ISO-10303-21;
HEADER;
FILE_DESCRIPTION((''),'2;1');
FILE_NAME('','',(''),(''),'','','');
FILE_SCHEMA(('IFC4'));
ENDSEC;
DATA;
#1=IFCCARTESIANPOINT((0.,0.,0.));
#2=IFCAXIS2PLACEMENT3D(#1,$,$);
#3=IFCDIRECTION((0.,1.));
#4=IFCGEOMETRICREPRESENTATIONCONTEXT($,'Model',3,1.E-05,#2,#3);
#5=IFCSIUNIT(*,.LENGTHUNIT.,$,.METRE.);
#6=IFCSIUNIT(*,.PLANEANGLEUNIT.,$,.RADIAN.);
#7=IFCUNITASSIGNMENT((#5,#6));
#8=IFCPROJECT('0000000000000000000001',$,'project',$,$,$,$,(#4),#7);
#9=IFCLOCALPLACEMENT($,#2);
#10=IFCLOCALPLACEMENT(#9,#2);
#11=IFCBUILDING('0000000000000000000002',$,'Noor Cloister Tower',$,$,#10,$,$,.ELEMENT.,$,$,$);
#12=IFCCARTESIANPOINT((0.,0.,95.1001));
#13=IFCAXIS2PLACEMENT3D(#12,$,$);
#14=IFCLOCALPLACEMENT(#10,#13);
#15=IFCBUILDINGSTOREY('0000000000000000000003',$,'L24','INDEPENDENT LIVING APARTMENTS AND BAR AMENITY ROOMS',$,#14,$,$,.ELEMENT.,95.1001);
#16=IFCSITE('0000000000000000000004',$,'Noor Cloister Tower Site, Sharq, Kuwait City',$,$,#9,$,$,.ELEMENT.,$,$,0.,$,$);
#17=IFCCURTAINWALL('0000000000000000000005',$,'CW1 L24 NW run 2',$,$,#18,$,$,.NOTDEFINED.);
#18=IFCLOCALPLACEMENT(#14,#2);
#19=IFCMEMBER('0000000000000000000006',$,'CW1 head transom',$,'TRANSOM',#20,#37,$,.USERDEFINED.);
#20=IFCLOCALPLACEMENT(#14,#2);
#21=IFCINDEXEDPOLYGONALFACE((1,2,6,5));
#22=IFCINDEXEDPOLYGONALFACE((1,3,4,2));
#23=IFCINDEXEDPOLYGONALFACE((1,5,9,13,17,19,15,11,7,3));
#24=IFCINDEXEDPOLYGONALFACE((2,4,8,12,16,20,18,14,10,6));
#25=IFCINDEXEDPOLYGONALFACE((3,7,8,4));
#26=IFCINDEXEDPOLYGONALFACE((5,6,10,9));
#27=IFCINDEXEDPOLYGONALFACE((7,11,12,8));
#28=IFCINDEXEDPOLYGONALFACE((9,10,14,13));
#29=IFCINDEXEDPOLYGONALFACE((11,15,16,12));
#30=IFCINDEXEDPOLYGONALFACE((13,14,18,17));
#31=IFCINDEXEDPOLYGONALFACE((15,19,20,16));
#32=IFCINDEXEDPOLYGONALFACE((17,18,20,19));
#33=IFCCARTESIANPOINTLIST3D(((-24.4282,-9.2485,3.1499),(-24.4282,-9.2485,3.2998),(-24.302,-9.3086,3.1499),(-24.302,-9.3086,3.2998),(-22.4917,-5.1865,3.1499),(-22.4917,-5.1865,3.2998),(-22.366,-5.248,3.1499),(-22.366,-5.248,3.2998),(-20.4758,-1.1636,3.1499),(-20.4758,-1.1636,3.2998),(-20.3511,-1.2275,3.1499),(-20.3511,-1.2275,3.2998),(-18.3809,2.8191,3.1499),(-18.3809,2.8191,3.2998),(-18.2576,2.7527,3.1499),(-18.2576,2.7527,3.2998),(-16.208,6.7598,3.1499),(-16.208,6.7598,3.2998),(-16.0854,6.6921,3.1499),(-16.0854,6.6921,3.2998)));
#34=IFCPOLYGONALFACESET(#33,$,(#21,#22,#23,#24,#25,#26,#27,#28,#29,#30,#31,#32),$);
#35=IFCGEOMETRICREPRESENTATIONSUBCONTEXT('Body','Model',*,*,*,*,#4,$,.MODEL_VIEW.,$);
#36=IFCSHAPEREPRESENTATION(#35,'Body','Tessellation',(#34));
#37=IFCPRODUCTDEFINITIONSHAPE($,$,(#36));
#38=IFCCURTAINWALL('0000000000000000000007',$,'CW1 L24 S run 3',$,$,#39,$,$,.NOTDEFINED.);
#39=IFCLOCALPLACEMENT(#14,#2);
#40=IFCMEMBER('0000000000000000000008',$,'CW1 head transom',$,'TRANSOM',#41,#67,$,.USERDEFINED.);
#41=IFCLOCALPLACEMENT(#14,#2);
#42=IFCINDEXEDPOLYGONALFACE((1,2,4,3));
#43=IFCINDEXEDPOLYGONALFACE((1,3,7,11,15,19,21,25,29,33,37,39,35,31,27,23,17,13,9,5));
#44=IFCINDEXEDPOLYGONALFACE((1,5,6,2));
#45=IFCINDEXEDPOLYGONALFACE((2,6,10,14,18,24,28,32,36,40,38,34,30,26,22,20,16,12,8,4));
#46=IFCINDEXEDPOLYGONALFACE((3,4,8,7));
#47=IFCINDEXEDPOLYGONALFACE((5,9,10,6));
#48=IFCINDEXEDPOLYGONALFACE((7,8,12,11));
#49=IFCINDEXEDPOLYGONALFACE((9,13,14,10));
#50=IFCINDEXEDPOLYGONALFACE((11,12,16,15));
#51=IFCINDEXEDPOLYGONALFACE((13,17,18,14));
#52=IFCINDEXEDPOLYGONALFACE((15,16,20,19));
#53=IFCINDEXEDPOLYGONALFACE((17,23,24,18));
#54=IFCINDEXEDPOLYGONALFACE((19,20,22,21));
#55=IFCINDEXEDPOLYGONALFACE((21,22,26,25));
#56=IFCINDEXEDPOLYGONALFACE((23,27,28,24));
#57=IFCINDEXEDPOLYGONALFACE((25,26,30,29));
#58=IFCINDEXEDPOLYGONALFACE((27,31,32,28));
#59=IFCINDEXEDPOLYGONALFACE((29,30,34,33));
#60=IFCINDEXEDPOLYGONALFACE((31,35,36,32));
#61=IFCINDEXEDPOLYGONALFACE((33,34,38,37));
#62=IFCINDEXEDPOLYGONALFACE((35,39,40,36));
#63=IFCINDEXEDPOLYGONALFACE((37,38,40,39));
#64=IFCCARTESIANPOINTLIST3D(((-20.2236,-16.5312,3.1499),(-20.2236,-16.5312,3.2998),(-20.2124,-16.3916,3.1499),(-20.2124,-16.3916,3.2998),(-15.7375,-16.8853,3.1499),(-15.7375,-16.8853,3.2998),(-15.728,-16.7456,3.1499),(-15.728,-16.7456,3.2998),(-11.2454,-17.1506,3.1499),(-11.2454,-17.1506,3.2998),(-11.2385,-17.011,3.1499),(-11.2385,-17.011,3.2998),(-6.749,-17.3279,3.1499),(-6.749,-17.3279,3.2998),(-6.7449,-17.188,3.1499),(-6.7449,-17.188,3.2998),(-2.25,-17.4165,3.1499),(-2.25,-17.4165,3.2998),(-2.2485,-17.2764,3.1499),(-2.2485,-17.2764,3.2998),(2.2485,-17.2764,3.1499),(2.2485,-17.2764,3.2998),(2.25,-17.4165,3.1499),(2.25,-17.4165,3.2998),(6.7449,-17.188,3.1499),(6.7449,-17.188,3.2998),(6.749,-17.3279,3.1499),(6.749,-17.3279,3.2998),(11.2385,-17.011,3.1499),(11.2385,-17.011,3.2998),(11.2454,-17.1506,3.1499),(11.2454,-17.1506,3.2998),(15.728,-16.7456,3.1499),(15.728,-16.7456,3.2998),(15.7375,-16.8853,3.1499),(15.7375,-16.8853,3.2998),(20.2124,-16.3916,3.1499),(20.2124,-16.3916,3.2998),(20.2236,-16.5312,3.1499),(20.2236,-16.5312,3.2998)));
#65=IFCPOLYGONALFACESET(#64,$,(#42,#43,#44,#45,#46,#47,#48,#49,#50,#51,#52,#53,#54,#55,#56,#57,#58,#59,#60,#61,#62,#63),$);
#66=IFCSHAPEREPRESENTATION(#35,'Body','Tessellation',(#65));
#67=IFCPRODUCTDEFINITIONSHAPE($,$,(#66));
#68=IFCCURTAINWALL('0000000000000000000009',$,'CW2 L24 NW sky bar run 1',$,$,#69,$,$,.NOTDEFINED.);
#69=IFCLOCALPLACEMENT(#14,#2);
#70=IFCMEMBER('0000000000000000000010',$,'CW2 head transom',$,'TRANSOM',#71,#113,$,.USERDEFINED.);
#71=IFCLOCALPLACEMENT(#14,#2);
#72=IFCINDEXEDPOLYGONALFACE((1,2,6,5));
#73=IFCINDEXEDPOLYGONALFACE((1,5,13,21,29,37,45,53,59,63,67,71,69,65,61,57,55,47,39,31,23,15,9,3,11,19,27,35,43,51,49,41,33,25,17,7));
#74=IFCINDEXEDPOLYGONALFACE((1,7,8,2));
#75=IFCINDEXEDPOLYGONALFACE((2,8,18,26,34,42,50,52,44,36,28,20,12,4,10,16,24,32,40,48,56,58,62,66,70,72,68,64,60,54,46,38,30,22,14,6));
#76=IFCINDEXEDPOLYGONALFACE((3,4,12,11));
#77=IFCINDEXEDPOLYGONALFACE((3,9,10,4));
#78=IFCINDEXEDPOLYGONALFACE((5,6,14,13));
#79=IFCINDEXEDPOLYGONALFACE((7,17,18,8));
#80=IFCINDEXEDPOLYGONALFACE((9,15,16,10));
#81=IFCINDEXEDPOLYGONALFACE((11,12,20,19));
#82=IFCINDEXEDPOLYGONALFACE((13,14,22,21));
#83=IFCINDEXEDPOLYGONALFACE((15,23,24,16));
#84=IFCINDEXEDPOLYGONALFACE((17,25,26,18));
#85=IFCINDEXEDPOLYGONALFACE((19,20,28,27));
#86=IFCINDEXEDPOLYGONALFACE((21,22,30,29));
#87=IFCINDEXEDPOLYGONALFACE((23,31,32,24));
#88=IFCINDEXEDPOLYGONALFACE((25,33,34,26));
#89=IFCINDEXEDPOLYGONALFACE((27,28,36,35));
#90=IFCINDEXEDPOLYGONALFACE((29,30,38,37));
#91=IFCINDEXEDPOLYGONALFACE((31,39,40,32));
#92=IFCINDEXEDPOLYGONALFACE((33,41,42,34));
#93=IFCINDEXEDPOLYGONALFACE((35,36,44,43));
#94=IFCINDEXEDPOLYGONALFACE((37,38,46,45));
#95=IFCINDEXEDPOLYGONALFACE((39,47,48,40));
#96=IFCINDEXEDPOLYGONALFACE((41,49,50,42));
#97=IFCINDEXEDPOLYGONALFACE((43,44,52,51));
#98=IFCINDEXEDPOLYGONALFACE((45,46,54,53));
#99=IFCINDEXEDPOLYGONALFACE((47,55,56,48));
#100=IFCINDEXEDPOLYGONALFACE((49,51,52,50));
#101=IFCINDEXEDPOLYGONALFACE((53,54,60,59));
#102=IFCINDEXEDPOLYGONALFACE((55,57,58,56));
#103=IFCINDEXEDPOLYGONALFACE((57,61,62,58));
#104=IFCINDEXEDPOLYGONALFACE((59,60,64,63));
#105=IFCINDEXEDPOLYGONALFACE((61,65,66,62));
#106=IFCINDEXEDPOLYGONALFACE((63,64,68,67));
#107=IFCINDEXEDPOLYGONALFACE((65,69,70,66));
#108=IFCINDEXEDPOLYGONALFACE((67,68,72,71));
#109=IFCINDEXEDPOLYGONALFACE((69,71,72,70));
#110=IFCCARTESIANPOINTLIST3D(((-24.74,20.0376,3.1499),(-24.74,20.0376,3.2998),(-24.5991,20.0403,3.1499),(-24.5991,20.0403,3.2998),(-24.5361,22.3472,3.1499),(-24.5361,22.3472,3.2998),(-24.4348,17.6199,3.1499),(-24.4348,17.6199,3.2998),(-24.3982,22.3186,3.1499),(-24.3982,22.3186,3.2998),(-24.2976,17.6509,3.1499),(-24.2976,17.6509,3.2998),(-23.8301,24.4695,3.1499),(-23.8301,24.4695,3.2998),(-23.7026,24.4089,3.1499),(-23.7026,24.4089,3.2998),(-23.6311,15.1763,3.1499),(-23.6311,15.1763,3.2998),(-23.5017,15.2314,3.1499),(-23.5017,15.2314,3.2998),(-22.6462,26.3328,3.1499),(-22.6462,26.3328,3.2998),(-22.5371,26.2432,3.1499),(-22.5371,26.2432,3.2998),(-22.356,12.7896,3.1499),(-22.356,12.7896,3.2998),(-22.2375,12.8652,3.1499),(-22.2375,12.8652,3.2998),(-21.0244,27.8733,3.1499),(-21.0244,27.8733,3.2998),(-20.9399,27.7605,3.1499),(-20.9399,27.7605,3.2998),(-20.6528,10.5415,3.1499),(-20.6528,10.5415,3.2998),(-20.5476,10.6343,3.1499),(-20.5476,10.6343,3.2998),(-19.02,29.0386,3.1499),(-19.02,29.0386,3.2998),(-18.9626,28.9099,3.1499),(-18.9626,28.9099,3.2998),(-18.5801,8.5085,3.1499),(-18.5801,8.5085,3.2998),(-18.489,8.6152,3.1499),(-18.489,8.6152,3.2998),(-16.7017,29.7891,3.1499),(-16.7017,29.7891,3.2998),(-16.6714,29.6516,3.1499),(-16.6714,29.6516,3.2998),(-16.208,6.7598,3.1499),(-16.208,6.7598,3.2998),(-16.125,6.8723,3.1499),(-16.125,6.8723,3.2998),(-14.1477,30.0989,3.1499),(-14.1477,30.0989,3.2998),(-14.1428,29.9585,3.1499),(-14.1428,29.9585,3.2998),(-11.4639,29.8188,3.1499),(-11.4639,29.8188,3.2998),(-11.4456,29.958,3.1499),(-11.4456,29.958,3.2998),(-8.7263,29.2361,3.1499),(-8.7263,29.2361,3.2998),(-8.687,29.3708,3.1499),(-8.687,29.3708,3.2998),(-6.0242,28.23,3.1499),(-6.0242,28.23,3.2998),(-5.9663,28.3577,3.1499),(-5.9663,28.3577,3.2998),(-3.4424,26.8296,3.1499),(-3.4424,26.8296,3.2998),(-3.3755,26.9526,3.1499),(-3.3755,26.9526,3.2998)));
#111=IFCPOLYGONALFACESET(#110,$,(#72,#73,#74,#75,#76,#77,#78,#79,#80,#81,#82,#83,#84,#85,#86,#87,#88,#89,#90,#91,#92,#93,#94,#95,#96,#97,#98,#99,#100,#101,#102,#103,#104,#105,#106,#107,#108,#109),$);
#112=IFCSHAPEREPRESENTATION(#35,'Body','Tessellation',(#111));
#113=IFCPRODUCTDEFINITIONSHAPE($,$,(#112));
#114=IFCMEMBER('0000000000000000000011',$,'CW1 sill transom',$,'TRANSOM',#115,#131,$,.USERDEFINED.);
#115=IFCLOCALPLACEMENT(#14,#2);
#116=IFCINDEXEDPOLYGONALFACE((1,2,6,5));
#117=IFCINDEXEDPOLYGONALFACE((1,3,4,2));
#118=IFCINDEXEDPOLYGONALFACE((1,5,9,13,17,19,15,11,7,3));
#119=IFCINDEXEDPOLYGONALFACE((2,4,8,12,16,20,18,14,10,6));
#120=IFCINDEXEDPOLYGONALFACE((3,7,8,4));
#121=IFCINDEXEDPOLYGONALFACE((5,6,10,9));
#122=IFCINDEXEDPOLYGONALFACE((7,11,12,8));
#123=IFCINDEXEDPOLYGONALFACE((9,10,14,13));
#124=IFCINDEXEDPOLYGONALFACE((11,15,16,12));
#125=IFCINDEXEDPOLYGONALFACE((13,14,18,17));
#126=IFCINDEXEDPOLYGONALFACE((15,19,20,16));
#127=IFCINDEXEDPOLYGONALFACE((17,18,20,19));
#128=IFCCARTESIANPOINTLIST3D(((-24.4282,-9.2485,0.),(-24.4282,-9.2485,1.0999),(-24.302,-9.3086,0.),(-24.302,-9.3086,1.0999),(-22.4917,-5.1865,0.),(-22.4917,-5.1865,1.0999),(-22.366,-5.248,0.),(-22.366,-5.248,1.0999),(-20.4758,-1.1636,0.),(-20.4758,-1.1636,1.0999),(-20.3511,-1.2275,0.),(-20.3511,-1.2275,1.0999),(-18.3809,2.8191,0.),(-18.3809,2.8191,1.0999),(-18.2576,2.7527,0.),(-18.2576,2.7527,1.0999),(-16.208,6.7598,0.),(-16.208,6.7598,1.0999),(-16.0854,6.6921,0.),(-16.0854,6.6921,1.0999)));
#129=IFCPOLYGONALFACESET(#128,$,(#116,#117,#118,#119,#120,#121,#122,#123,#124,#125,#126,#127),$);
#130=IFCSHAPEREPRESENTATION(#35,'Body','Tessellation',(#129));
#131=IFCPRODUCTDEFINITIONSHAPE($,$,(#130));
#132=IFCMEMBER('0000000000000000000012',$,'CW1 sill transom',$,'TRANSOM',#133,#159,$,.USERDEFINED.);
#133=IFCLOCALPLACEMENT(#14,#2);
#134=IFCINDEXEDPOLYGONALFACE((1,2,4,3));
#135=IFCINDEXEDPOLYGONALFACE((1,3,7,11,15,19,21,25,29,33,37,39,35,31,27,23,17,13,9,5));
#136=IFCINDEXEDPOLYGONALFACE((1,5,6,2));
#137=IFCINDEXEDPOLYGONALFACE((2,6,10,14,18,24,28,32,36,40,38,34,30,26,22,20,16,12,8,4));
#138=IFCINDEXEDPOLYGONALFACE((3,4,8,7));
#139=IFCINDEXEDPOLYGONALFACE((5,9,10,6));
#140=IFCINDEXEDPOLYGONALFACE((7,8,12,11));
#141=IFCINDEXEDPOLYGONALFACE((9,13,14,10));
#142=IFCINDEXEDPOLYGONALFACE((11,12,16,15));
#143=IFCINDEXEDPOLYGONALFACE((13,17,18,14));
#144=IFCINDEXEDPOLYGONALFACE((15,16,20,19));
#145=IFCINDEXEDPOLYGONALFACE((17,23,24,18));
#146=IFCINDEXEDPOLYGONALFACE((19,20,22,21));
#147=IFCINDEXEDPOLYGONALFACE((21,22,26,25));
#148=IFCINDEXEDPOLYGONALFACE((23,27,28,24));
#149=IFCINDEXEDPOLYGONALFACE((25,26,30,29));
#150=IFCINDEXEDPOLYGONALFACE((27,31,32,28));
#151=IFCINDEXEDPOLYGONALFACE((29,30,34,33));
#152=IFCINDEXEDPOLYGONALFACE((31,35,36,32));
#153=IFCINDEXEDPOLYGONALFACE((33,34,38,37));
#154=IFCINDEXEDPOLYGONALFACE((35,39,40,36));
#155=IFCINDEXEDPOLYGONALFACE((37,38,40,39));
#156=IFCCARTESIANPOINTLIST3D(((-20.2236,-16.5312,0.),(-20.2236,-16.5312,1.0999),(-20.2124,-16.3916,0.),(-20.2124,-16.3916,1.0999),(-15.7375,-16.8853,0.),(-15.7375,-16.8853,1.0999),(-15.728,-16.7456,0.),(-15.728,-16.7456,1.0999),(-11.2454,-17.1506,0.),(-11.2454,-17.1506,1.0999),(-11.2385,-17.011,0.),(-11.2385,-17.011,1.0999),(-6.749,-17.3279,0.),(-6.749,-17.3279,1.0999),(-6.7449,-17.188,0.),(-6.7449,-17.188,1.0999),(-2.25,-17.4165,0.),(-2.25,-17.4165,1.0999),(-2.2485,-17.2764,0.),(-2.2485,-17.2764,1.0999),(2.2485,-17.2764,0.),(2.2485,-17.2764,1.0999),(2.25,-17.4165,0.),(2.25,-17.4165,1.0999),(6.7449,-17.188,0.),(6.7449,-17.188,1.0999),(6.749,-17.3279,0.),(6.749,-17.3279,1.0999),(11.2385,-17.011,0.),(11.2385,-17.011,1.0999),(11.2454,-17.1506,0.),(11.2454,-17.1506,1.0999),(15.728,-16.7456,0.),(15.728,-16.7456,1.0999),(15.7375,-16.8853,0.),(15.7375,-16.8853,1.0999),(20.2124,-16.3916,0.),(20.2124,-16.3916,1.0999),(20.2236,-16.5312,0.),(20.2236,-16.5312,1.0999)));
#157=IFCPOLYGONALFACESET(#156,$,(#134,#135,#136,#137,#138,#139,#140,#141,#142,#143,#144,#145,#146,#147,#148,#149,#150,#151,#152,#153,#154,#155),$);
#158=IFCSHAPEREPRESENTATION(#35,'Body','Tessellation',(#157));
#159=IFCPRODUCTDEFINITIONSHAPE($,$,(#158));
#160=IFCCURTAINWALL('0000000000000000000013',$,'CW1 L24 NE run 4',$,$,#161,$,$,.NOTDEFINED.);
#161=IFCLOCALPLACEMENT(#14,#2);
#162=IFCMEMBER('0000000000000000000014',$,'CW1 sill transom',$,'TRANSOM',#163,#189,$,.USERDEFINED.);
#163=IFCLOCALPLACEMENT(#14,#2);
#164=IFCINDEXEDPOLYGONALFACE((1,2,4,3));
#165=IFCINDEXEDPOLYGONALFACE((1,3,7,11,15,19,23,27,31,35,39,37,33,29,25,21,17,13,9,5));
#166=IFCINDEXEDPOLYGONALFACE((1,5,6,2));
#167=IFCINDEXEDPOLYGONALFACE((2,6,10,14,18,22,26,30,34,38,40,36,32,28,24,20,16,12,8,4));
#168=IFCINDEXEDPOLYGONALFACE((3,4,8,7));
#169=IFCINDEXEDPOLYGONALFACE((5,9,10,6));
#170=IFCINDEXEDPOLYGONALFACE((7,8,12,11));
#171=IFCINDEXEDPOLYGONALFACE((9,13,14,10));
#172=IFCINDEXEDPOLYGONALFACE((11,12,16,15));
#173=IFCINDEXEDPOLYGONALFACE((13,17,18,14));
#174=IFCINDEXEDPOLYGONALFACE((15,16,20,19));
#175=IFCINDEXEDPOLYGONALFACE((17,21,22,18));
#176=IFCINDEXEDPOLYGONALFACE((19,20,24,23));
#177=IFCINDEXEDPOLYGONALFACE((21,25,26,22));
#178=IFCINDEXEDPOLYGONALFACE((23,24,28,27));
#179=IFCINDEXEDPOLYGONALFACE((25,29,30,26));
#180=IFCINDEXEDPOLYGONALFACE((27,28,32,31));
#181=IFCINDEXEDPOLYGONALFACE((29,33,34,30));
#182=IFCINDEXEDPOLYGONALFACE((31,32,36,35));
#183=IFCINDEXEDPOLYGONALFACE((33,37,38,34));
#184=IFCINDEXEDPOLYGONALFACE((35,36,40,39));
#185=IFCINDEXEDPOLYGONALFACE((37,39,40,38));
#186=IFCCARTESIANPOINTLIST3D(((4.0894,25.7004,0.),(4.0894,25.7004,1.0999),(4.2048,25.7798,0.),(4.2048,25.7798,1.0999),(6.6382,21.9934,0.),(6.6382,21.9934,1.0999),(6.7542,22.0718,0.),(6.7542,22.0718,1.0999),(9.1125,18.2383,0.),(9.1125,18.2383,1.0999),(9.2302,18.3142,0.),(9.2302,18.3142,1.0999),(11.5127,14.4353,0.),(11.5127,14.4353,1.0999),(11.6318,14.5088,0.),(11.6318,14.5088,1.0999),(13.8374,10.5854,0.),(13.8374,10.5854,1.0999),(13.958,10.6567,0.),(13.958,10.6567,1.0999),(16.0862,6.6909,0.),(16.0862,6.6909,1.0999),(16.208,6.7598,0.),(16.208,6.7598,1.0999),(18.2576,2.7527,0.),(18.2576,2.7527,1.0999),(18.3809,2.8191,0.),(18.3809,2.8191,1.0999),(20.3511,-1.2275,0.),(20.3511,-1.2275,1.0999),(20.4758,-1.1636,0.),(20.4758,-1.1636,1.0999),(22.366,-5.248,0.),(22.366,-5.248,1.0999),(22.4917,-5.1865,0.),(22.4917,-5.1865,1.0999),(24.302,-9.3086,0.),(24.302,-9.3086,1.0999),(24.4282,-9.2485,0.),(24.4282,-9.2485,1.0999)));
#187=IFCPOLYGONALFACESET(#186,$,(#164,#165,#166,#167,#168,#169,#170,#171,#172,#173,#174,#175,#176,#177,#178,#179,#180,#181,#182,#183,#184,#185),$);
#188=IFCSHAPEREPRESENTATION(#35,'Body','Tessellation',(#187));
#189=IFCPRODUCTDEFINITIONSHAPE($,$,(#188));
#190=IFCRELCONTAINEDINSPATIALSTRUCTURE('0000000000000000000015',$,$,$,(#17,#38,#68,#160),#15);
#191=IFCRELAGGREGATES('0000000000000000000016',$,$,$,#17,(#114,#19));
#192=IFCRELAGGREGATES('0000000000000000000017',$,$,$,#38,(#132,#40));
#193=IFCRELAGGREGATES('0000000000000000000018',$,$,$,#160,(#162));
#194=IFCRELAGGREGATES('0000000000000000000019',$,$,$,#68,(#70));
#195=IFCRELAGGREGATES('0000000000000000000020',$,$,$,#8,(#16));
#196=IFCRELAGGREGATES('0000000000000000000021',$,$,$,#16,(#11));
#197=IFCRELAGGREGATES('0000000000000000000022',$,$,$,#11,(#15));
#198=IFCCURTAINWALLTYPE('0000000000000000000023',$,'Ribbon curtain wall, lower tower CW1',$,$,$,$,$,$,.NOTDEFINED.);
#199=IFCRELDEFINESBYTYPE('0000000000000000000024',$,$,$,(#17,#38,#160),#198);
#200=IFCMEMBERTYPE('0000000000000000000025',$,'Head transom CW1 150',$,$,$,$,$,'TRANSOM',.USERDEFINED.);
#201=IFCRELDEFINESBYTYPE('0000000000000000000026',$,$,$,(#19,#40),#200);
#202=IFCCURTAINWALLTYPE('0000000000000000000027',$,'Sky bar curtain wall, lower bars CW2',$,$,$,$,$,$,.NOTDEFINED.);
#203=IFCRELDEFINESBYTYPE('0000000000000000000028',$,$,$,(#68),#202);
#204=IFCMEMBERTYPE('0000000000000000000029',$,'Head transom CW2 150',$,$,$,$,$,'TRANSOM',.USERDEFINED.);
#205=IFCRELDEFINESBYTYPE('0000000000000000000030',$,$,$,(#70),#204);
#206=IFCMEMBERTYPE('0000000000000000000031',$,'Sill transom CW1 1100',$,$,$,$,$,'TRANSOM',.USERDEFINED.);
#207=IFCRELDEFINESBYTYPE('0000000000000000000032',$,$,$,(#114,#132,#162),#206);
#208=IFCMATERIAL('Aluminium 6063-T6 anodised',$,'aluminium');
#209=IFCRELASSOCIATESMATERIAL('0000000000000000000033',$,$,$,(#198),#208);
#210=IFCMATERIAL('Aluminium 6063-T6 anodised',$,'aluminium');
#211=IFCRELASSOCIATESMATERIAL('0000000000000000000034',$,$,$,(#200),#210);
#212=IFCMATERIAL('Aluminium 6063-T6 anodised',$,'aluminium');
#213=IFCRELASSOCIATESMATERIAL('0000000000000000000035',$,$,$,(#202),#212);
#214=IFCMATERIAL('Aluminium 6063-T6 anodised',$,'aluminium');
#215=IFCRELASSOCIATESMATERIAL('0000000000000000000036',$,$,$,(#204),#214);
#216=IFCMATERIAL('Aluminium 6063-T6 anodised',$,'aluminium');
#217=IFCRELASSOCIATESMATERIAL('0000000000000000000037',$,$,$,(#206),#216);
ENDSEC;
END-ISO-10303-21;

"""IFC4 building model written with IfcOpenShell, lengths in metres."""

from ifc_helpers import new_model, si_unit, direction, frame, origin, place, context, subcontext, project, spatial, polyline, outline, extrude, material, type_object, element, aggregate, save


model = new_model("IFC4")

# Units and contexts
model_context = context("Model", 3, precision=1e-05, world=origin(), true_north=direction((0.0, 1.0)))
body_context = subcontext(model_context, "Body", "Model", "MODEL_VIEW")
ifc_project = project(units=[si_unit("LENGTHUNIT", "METRE"), si_unit("PLANEANGLEUNIT", "RADIAN")], contexts=[model_context])

# Site, building, storey
site_placement = place(None, origin())
site = spatial("IfcSite", under=ifc_project, at=site_placement, Name="Noor Cloister Tower Site, Sharq, Kuwait City", CompositionType="ELEMENT", RefElevation=0.0)
building_placement = place(site_placement, origin())
building = spatial("IfcBuilding", under=site, at=building_placement, Name="Noor Cloister Tower", CompositionType="ELEMENT")
storey_placement = place(building_placement, frame((0.0, 0.0, 95.1001)))
storey = spatial("IfcBuildingStorey", under=building, at=storey_placement, Name="L24", Description="INDEPENDENT LIVING APARTMENTS AND BAR AMENITY ROOMS", CompositionType="ELEMENT", Elevation=95.1001)

# Curtain walls, members
ifc_material_1 = material(Name="Aluminium 6063-T6 anodised", Category="aluminium")
curtain_wall_type_1 = type_object("IfcCurtainWallType", Name="Ribbon curtain wall, lower tower CW1", PredefinedType="NOTDEFINED", material=ifc_material_1)
curtain_wall_1_placement = place(storey_placement, origin())
curtain_wall_1 = element("IfcCurtainWall", 1, at=curtain_wall_1_placement, inside=storey, type_object=curtain_wall_type_1, Name="CW1 L24 NW run 2", PredefinedType="NOTDEFINED")
ifc_material_2 = material(Name="Aluminium 6063-T6 anodised", Category="aluminium")
member_type_1 = type_object("IfcMemberType", Name="Head transom CW1 150", ElementType="TRANSOM", PredefinedType="USERDEFINED", material=ifc_material_2)
member_1_placement = place(storey_placement, frame((0.0, 0.0, 3.1499)))
member_1 = element("IfcMember", 2, at=member_1_placement, type_object=member_type_1, Name="CW1 head transom", ObjectType="TRANSOM", PredefinedType="USERDEFINED", context=body_context, shape_type="SweptSolid", body=[
    extrude(outline(polyline([(-16.208, 6.7598), (-18.3809, 2.8191), (-20.4758, -1.1636), (-22.4917, -5.1865), (-24.4282, -9.2485), (-24.302, -9.3086), (-22.366, -5.248), (-20.3511, -1.2275), (-18.2576, 2.7527), (-16.0854, 6.6921), (-16.208, 6.7598)])), origin(), (0.0, 0.0, 1.0), 0.1499),
])
curtain_wall_2_placement = place(storey_placement, origin())
curtain_wall_2 = element("IfcCurtainWall", 3, at=curtain_wall_2_placement, inside=storey, type_object=curtain_wall_type_1, Name="CW1 L24 S run 3", PredefinedType="NOTDEFINED")
member_2_placement = place(storey_placement, frame((0.0, 0.0, 3.1499)))
member_2 = element("IfcMember", 4, at=member_2_placement, type_object=member_type_1, Name="CW1 head transom", ObjectType="TRANSOM", PredefinedType="USERDEFINED", context=body_context, shape_type="SweptSolid", body=[
    extrude(outline(polyline([(-20.2236, -16.5312), (-15.7375, -16.8853), (-11.2454, -17.1506), (-6.749, -17.3279), (-2.25, -17.4165), (2.25, -17.4165), (6.749, -17.3279), (11.2454, -17.1506), (15.7375, -16.8853), (20.2236, -16.5312), (20.2124, -16.3916), (15.728, -16.7456), (11.2385, -17.011), (6.7449, -17.188), (2.2485, -17.2764), (-2.2485, -17.2764), (-6.7449, -17.188), (-11.2385, -17.011), (-15.728, -16.7456), (-20.2124, -16.3916), (-20.2236, -16.5312)])), origin(), (0.0, 0.0, 1.0), 0.1499),
])
ifc_material_3 = material(Name="Aluminium 6063-T6 anodised", Category="aluminium")
curtain_wall_type_2 = type_object("IfcCurtainWallType", Name="Sky bar curtain wall, lower bars CW2", PredefinedType="NOTDEFINED", material=ifc_material_3)
curtain_wall_3_placement = place(storey_placement, origin())
curtain_wall_3 = element("IfcCurtainWall", 5, at=curtain_wall_3_placement, inside=storey, type_object=curtain_wall_type_2, Name="CW2 L24 NW sky bar run 1", PredefinedType="NOTDEFINED")
ifc_material_4 = material(Name="Aluminium 6063-T6 anodised", Category="aluminium")
member_type_2 = type_object("IfcMemberType", Name="Head transom CW2 150", ElementType="TRANSOM", PredefinedType="USERDEFINED", material=ifc_material_4)
member_3_placement = place(storey_placement, frame((0.0, 0.0, 3.1499)))
member_3 = element("IfcMember", 6, at=member_3_placement, type_object=member_type_2, Name="CW2 head transom", ObjectType="TRANSOM", PredefinedType="USERDEFINED", context=body_context, shape_type="SweptSolid", body=[
    extrude(outline(polyline([(-3.3755, 26.9526), (-5.9663, 28.3577), (-8.687, 29.3708), (-11.4456, 29.958), (-14.1477, 30.0989), (-16.7017, 29.7891), (-19.02, 29.0386), (-21.0244, 27.8733), (-22.6462, 26.3328), (-23.8301, 24.4695), (-24.5361, 22.3472), (-24.74, 20.0376), (-24.4348, 17.6199), (-23.6311, 15.1763), (-22.356, 12.7896), (-20.6528, 10.5415), (-18.5801, 8.5085), (-16.208, 6.7598), (-16.125, 6.8723), (-18.489, 8.6152), (-20.5476, 10.6343), (-22.2375, 12.8652), (-23.5017, 15.2314), (-24.2976, 17.6509), (-24.5991, 20.0403), (-24.3982, 22.3186), (-23.7026, 24.4089), (-22.5371, 26.2432), (-20.9399, 27.7605), (-18.9626, 28.9099), (-16.6714, 29.6516), (-14.1428, 29.9585), (-11.4639, 29.8188), (-8.7263, 29.2361), (-6.0242, 28.23), (-3.4424, 26.8296), (-3.3755, 26.9526)])), origin(), (0.0, 0.0, 1.0), 0.1499),
])

# Members
ifc_material_5 = material(Name="Aluminium 6063-T6 anodised", Category="aluminium")
member_type_3 = type_object("IfcMemberType", Name="Sill transom CW1 1100", ElementType="TRANSOM", PredefinedType="USERDEFINED", material=ifc_material_5)
member_4_placement = place(storey_placement, origin())
member_4 = element("IfcMember", 7, at=member_4_placement, type_object=member_type_3, Name="CW1 sill transom", ObjectType="TRANSOM", PredefinedType="USERDEFINED", context=body_context, shape_type="SweptSolid", body=[
    extrude(outline(polyline([(-16.208, 6.7598), (-18.3809, 2.8191), (-20.4758, -1.1636), (-22.4917, -5.1865), (-24.4282, -9.2485), (-24.302, -9.3086), (-22.366, -5.248), (-20.3511, -1.2275), (-18.2576, 2.7527), (-16.0854, 6.6921), (-16.208, 6.7598)])), origin(), (0.0, 0.0, 1.0), 1.0999),
])
aggregate(curtain_wall_1, [member_4, member_1])
member_5_placement = place(storey_placement, origin())
member_5 = element("IfcMember", 8, at=member_5_placement, type_object=member_type_3, Name="CW1 sill transom", ObjectType="TRANSOM", PredefinedType="USERDEFINED", context=body_context, shape_type="SweptSolid", body=[
    extrude(outline(polyline([(-20.2236, -16.5312), (-15.7375, -16.8853), (-11.2454, -17.1506), (-6.749, -17.3279), (-2.25, -17.4165), (2.25, -17.4165), (6.749, -17.3279), (11.2454, -17.1506), (15.7375, -16.8853), (20.2236, -16.5312), (20.2124, -16.3916), (15.728, -16.7456), (11.2385, -17.011), (6.7449, -17.188), (2.2485, -17.2764), (-2.2485, -17.2764), (-6.7449, -17.188), (-11.2385, -17.011), (-15.728, -16.7456), (-20.2124, -16.3916), (-20.2236, -16.5312)])), origin(), (0.0, 0.0, 1.0), 1.0999),
])
aggregate(curtain_wall_2, [member_5, member_2])

# Curtain wall, member
curtain_wall_4_placement = place(storey_placement, origin())
curtain_wall_4 = element("IfcCurtainWall", 9, at=curtain_wall_4_placement, inside=storey, type_object=curtain_wall_type_1, Name="CW1 L24 NE run 4", PredefinedType="NOTDEFINED")
member_6_placement = place(storey_placement, origin())
member_6 = element("IfcMember", 10, at=member_6_placement, type_object=member_type_3, Name="CW1 sill transom", ObjectType="TRANSOM", PredefinedType="USERDEFINED", context=body_context, shape_type="SweptSolid", body=[
    extrude(outline(polyline([(24.4282, -9.2485), (22.4917, -5.1865), (20.4758, -1.1636), (18.3809, 2.8191), (16.208, 6.7598), (13.958, 10.6567), (11.6318, 14.5088), (9.2302, 18.3142), (6.7542, 22.0718), (4.2048, 25.7798), (4.0894, 25.7004), (6.6382, 21.9934), (9.1125, 18.2383), (11.5127, 14.4353), (13.8374, 10.5854), (16.0862, 6.6909), (18.2576, 2.7527), (20.3511, -1.2275), (22.366, -5.248), (24.302, -9.3086), (24.4282, -9.2485)])), origin(), (0.0, 0.0, 1.0), 1.0999),
])
aggregate(curtain_wall_4, [member_6])

aggregate(curtain_wall_3, [member_3])

save(model, "model.ifc")
